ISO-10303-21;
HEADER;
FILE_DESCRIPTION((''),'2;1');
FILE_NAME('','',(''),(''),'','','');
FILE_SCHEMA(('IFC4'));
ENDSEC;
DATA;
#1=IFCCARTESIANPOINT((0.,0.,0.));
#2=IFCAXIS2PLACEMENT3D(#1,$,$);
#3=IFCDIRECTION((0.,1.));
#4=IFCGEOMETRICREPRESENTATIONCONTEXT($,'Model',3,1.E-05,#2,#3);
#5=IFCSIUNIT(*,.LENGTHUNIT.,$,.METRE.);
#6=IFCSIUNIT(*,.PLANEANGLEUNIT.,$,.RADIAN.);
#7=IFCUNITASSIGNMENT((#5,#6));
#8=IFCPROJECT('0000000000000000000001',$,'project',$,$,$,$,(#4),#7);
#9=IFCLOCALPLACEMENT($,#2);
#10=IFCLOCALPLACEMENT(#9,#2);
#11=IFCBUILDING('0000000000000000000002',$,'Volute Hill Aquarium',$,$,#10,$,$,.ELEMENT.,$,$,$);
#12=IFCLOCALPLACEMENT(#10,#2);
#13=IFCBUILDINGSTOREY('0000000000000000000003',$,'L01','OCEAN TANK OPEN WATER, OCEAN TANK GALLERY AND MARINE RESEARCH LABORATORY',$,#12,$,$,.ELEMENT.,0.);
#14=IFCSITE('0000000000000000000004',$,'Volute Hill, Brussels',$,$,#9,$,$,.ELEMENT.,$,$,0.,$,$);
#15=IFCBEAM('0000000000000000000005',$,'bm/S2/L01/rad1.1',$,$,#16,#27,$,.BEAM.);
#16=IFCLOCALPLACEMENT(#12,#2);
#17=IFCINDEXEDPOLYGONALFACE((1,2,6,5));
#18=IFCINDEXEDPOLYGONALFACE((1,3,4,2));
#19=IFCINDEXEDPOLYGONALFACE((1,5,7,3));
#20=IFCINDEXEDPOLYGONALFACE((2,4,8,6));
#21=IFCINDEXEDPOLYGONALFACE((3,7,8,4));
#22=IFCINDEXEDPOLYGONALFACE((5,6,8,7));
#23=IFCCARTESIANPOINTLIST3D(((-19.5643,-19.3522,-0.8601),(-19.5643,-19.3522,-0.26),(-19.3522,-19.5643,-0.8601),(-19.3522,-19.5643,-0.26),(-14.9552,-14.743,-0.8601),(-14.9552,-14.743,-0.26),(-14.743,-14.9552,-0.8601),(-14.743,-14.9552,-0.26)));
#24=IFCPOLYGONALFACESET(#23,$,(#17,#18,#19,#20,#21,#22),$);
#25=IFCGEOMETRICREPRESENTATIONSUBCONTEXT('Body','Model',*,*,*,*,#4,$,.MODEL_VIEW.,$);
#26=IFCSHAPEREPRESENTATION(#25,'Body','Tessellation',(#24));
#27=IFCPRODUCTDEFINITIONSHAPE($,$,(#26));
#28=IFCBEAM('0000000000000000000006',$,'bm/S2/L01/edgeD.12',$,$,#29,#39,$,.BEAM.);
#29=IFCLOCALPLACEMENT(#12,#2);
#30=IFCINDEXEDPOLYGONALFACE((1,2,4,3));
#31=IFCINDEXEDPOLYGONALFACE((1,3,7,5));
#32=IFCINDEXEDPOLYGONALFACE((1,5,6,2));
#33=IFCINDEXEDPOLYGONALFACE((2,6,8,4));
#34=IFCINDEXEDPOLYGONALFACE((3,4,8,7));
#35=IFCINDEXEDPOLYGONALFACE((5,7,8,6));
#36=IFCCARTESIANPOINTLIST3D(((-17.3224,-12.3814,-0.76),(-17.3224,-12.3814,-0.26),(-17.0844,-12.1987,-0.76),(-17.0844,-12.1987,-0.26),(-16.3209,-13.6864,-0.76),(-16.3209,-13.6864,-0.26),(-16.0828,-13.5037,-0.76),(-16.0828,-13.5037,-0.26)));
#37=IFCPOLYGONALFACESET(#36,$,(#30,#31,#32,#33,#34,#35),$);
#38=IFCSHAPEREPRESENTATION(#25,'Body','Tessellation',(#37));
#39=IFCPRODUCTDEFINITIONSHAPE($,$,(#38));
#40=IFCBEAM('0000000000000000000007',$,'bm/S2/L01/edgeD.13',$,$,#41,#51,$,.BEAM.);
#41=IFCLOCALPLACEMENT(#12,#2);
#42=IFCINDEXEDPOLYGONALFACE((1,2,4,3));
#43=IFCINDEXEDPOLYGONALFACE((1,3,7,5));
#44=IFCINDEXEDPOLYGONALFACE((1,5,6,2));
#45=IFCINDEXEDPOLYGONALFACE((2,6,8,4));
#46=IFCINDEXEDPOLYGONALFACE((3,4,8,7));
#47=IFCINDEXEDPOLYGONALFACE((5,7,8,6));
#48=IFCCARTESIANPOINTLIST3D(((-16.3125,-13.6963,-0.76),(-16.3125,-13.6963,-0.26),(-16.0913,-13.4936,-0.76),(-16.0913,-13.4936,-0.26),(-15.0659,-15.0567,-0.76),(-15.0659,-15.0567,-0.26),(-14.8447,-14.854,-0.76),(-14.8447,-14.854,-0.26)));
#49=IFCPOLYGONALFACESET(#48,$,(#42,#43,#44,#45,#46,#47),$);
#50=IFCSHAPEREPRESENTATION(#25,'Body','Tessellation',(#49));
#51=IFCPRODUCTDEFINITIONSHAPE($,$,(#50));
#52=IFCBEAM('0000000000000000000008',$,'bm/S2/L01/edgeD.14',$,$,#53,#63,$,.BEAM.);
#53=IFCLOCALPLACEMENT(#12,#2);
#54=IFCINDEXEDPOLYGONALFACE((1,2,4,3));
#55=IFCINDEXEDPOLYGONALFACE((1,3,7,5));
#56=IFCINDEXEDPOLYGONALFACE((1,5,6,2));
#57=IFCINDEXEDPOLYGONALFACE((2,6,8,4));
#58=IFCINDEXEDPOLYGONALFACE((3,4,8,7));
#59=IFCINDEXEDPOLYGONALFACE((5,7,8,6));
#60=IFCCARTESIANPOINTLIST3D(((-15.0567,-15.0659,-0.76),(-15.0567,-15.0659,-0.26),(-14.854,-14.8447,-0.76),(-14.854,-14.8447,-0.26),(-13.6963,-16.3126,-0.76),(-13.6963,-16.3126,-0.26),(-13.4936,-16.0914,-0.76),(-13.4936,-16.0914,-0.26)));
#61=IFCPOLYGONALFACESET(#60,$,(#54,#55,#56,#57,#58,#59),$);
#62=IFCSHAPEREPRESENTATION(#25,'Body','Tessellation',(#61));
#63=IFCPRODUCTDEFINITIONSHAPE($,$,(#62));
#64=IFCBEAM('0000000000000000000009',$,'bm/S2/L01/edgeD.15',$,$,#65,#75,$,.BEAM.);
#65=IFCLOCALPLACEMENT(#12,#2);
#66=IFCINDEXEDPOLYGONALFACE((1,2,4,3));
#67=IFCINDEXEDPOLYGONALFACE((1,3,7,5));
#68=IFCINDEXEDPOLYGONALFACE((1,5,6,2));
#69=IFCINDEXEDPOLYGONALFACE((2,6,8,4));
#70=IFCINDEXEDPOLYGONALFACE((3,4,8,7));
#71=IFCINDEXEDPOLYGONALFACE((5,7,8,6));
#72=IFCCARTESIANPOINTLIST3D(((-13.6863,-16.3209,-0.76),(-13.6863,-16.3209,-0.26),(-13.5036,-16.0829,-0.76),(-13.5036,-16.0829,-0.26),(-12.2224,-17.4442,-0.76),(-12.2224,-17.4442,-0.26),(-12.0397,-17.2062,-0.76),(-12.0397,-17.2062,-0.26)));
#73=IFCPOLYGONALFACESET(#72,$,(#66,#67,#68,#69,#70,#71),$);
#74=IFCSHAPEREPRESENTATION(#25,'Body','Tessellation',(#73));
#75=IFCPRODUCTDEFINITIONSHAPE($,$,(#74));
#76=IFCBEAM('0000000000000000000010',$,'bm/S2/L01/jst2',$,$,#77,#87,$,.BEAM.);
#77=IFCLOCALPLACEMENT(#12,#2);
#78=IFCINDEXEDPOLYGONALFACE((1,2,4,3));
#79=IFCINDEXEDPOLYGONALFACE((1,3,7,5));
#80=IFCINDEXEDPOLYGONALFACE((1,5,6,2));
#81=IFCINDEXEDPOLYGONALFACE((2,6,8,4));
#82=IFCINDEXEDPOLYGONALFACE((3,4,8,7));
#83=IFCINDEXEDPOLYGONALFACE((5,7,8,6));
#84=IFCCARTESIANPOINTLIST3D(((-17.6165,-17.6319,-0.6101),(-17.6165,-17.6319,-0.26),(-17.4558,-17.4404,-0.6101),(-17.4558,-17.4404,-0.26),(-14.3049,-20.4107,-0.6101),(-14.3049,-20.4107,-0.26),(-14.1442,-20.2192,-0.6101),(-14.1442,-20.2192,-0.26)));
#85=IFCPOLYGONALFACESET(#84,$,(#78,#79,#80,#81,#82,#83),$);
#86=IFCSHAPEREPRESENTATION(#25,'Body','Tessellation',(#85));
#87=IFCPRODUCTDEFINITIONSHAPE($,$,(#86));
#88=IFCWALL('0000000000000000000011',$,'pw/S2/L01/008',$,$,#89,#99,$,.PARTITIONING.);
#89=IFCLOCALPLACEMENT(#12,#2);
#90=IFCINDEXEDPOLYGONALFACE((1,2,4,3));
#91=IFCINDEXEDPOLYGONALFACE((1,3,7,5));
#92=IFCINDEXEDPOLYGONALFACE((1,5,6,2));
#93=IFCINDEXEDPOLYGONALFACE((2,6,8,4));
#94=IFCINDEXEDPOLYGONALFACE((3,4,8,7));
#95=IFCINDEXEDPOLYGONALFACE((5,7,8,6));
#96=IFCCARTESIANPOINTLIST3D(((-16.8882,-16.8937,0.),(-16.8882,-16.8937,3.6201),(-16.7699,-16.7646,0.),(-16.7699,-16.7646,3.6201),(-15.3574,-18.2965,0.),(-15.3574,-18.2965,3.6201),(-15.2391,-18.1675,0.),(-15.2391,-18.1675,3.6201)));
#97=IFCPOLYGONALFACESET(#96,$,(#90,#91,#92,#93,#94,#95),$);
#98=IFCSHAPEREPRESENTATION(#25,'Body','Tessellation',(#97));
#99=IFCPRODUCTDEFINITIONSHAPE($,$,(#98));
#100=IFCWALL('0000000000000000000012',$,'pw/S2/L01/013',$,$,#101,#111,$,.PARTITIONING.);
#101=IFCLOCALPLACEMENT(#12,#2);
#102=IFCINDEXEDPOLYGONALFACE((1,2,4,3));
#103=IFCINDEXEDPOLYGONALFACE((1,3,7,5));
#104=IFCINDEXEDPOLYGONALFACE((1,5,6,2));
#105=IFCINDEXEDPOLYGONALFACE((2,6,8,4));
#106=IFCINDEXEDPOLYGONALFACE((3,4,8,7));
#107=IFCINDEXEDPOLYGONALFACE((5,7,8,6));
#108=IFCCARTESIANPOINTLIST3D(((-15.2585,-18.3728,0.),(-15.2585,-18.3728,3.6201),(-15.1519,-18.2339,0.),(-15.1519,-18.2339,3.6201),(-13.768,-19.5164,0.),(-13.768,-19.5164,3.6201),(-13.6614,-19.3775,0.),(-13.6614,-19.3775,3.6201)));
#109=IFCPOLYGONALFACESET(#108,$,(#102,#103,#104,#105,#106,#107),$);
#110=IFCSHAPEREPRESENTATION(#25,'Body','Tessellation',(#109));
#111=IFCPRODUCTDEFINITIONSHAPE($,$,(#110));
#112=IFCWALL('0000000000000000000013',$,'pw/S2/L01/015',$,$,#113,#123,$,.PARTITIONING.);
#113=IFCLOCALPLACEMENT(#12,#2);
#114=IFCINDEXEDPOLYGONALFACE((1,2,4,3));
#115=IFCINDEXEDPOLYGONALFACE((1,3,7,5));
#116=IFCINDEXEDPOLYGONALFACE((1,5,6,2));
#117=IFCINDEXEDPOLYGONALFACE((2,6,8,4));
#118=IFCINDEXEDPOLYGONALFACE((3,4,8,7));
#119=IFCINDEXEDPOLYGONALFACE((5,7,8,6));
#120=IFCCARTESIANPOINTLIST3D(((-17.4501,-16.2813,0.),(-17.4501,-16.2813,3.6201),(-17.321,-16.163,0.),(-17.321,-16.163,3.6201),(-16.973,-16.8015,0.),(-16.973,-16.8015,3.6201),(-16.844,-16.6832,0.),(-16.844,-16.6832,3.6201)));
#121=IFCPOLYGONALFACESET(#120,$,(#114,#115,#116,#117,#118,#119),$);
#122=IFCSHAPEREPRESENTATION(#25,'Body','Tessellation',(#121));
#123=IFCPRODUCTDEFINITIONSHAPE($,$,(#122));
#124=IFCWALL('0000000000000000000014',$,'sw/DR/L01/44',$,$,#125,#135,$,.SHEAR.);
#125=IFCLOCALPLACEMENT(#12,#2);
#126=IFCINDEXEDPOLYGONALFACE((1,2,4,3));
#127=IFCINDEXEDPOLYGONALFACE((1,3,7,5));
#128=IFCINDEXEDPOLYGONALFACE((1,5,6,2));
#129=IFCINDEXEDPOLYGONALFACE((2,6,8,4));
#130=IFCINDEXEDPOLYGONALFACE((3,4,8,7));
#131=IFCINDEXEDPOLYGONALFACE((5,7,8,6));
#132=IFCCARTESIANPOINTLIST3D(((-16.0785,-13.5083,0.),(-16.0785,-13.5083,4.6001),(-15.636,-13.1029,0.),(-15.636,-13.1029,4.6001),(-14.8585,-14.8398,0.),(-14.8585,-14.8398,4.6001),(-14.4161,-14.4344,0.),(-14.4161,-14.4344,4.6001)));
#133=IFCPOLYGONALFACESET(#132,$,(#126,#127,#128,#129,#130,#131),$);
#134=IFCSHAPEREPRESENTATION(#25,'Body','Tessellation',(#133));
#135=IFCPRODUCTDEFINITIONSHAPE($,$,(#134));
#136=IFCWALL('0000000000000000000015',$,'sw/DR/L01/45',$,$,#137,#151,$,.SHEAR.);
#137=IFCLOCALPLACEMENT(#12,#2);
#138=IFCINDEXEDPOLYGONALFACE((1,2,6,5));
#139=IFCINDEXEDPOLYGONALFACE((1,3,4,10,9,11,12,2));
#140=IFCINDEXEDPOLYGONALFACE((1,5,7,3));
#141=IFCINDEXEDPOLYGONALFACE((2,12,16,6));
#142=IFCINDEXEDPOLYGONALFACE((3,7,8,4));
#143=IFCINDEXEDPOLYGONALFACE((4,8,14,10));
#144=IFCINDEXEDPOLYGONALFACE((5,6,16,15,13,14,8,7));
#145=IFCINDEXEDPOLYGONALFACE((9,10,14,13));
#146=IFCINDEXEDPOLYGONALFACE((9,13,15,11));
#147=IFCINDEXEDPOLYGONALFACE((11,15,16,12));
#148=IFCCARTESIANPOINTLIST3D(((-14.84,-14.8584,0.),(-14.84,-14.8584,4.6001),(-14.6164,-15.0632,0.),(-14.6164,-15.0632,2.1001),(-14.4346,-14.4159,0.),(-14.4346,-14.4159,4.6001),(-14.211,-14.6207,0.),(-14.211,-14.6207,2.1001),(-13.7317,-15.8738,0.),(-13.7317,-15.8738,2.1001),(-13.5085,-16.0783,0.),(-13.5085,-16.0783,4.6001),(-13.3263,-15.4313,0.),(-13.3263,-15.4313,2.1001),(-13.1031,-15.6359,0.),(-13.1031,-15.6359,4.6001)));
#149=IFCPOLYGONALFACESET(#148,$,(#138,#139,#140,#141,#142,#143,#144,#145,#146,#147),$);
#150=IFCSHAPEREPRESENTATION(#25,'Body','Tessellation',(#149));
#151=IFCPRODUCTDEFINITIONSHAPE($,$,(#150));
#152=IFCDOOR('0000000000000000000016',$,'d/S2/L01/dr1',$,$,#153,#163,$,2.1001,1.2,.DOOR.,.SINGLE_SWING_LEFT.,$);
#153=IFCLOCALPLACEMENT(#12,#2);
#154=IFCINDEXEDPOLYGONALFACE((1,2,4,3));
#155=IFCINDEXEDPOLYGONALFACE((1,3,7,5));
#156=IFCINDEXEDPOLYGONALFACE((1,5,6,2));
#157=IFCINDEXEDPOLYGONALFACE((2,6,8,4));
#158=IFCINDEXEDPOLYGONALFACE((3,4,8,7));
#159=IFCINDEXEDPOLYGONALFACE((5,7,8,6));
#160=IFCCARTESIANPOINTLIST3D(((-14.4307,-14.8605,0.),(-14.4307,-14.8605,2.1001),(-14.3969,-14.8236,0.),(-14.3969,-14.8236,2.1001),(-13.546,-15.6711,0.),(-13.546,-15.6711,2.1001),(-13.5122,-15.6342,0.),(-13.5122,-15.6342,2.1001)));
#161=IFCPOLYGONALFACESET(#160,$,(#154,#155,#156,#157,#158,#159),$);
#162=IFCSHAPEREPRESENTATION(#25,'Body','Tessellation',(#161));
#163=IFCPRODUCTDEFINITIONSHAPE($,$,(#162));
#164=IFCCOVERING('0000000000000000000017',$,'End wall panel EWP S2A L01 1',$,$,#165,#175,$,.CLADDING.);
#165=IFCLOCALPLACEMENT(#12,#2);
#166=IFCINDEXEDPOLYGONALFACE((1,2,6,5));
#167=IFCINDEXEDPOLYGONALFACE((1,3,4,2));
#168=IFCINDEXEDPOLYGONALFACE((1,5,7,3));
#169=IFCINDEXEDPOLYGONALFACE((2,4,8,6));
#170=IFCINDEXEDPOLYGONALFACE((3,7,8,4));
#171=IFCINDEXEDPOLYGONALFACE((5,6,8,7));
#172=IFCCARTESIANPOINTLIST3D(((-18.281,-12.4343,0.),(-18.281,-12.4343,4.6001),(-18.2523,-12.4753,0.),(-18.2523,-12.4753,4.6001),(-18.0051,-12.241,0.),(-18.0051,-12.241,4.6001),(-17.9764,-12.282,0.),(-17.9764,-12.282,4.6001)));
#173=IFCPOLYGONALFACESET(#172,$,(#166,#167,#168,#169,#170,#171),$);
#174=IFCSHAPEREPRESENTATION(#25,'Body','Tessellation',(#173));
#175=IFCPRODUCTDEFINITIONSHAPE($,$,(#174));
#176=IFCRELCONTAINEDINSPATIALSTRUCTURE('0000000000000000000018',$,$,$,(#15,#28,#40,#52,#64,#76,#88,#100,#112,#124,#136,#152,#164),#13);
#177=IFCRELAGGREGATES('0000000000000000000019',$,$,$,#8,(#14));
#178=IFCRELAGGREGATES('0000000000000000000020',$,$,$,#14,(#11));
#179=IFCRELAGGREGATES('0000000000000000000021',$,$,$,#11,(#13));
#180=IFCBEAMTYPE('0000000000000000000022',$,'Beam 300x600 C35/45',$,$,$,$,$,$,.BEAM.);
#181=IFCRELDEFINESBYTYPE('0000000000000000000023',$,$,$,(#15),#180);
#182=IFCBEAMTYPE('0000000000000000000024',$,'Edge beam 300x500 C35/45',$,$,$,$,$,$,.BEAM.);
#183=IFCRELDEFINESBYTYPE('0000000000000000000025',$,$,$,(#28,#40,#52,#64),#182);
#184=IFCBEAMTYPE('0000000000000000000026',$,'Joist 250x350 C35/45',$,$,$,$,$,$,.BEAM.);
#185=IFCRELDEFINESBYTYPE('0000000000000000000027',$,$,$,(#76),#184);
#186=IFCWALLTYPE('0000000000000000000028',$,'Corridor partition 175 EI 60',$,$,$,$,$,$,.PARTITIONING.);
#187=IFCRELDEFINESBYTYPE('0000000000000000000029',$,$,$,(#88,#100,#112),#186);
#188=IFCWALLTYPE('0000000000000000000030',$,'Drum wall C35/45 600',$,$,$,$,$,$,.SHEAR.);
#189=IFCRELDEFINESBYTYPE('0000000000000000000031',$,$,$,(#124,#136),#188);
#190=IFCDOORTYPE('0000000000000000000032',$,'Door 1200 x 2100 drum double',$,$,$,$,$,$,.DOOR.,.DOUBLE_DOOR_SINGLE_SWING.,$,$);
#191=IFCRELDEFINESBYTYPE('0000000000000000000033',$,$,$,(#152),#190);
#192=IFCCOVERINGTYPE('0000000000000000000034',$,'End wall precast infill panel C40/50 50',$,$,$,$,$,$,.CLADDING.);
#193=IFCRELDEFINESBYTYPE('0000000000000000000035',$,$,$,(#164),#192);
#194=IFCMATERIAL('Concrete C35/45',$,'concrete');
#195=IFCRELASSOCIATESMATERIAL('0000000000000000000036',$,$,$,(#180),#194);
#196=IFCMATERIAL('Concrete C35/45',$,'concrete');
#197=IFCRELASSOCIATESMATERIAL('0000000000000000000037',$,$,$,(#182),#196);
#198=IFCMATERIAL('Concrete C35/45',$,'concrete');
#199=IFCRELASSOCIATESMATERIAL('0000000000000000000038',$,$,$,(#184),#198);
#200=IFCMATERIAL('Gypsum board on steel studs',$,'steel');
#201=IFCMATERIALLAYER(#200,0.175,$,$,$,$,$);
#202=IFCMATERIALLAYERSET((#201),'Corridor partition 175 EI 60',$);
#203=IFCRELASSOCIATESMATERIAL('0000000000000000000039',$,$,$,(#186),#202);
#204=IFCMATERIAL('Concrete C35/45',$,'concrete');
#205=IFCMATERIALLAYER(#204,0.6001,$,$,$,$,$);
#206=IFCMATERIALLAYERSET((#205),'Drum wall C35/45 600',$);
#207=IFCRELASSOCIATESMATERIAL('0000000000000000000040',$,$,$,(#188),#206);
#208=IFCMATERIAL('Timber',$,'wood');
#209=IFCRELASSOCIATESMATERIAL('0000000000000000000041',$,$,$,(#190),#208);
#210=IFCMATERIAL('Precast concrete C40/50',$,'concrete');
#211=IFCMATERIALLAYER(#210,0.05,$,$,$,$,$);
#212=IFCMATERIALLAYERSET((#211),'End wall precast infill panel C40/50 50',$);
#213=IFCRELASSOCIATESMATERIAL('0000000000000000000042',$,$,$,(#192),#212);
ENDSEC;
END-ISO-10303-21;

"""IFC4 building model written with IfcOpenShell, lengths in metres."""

from ifc_helpers import new_model, si_unit, direction, frame, frame_2d, origin, origin_2d, place, context, subcontext, project, spatial, polyline, rectangle, outline, extrude, material, layer, layer_set, material_profile, profile_set, type_object, element, fill, save


model = new_model("IFC4")

# Units and contexts
model_context = context("Model", 3, precision=1e-05, world=origin(), true_north=direction((0.0, 1.0)))
body_context = subcontext(model_context, "Body", "Model", "MODEL_VIEW")
ifc_project = project(units=[si_unit("LENGTHUNIT", "METRE"), si_unit("PLANEANGLEUNIT", "RADIAN")], contexts=[model_context])

# Site, building, storey
site_placement = place(None, origin())
site = spatial("IfcSite", under=ifc_project, at=site_placement, Name="Volute Hill, Brussels", CompositionType="ELEMENT", RefElevation=0.0)
building_placement = place(site_placement, origin())
building = spatial("IfcBuilding", under=site, at=building_placement, Name="Volute Hill Aquarium", CompositionType="ELEMENT")
storey_placement = place(building_placement, origin())
storey = spatial("IfcBuildingStorey", under=building, at=storey_placement, Name="L01", Description="OCEAN TANK OPEN WATER, OCEAN TANK GALLERY AND MARINE RESEARCH LABORATORY", CompositionType="ELEMENT", Elevation=0.0)

# Beams
ifc_material_1 = material(Name="Concrete C35/45", Category="concrete")
ifc_material_profile_1 = material_profile(ifc_material_1, rectangle(XDim=0.3, YDim=0.6001, at=origin_2d()), Name="RC beam 300x600")
ifc_profile_set_1 = profile_set([ifc_material_profile_1], Name="Concrete C35/45")
beam_type_1 = type_object("IfcBeamType", Name="Beam 300x600 C35/45", PredefinedType="BEAM", material=ifc_profile_set_1)
beam_1_placement = place(storey_placement, frame((-14.8491, -14.8491, -0.5601), z_axis=(-0.707107, -0.707107, 0.0), x_axis=(0.707107, -0.707107, 0.0)))
element("IfcBeam", 1, at=beam_1_placement, inside=storey, type_object=beam_type_1, Name="bm/S2/L01/rad1.1", PredefinedType="BEAM", context=body_context, shape_type="SweptSolid", body=[
    extrude(rectangle(XDim=0.3, YDim=0.6001, at=origin_2d()), origin(), (0.0, 0.0, 1.0), 6.5183),
])
ifc_material_2 = material(Name="Concrete C35/45", Category="concrete")
ifc_material_profile_2 = material_profile(ifc_material_2, rectangle(XDim=0.3, YDim=0.5, at=origin_2d()), Name="RC edge beam 300x500")
ifc_profile_set_2 = profile_set([ifc_material_profile_2], Name="Concrete C35/45")
beam_type_2 = type_object("IfcBeamType", Name="Edge beam 300x500 C35/45", PredefinedType="BEAM", material=ifc_profile_set_2)
beam_2_placement = place(storey_placement, frame((-17.2034, -12.29, -0.51), z_axis=(0.608821, -0.793308, 0.0), x_axis=(0.793308, 0.608821, 0.0)))
element("IfcBeam", 2, at=beam_2_placement, inside=storey, type_object=beam_type_2, Name="bm/S2/L01/edgeD.12", PredefinedType="BEAM", context=body_context, shape_type="SweptSolid", body=[
    extrude(rectangle(XDim=0.3, YDim=0.5, at=origin_2d()), origin(), (0.0, 0.0, 1.0), 1.645),
])
for number, where, z_axis, x_axis, name in (
    (3, (-16.2019, -13.595, -0.51), (0.675605, -0.737264, 0.0), (0.737264, 0.675605, 0.0), "bm/S2/L01/edgeD.13"),
    (4, (-14.9553, -14.9553, -0.51), (0.737264, -0.675605, 0.0), (0.675605, 0.737264, 0.0), "bm/S2/L01/edgeD.14"),
    (5, (-13.595, -16.2019, -0.51), (0.793346, -0.60877, 0.0), (0.60877, 0.793346, 0.0), "bm/S2/L01/edgeD.15"),
):
    element("IfcBeam", number, at=place(storey_placement, frame(where, z_axis=z_axis, x_axis=x_axis)), inside=storey, type_object=beam_type_2, Name=name, PredefinedType="BEAM", context=body_context, shape_type="SweptSolid", body=[
        extrude(rectangle(XDim=0.3, YDim=0.5, at=origin_2d()), origin(), (0.0, 0.0, 1.0), 1.8452),
    ])
ifc_material_3 = material(Name="Concrete C35/45", Category="concrete")
ifc_material_profile_3 = material_profile(ifc_material_3, rectangle(XDim=0.25, YDim=0.3501, at=origin_2d()), Name="RC joist 250x350")
ifc_profile_set_3 = profile_set([ifc_material_profile_3], Name="Concrete C35/45")
beam_type_3 = type_object("IfcBeamType", Name="Joist 250x350 C35/45", PredefinedType="BEAM", material=ifc_profile_set_3)
beam_3_placement = place(storey_placement, frame((-17.5361, -17.5361, -0.4351), z_axis=(0.766032, -0.642803, 0.0), x_axis=(0.642803, 0.766032, 0.0)))
element("IfcBeam", 6, at=beam_3_placement, inside=storey, type_object=beam_type_3, Name="bm/S2/L01/jst2", PredefinedType="BEAM", context=body_context, shape_type="SweptSolid", body=[
    extrude(rectangle(XDim=0.25, YDim=0.3501, at=origin_2d()), origin(), (0.0, 0.0, 1.0), 4.323),
])

# Shared definitions
ifc_material_4 = material(Name="Gypsum board on steel studs", Category="steel")
ifc_layer_1 = layer(ifc_material_4, 0.175)
ifc_layer_set_1 = layer_set([ifc_layer_1], Name="Corridor partition 175 EI 60")
wall_type_1 = type_object("IfcWallType", Name="Corridor partition 175 EI 60", PredefinedType="PARTITIONING", material=ifc_layer_set_1)

# Walls
wall_1_placement = place(storey_placement, frame((-15.2983, -18.2319, 0.0), z_axis=(0.0, 0.0, 1.0), x_axis=(-0.737242, 0.675629, 0.0)))
element("IfcWall", 7, at=wall_1_placement, inside=storey, type_object=wall_type_1, Name="pw/S2/L01/008", PredefinedType="PARTITIONING", context=body_context, shape_type="SweptSolid", body=[
    extrude(rectangle(XDim=2.0764, YDim=0.175, at=frame_2d((1.0381, 0.0))), origin(), (0.0, 0.0, 1.0), 3.6201),
])
wall_2_placement = place(storey_placement, frame((-13.7146, -19.447, 0.0), z_axis=(0.0, 0.0, 1.0), x_axis=(-0.793387, 0.608718, 0.0)))
element("IfcWall", 8, at=wall_2_placement, inside=storey, type_object=wall_type_1, Name="pw/S2/L01/013", PredefinedType="PARTITIONING", context=body_context, shape_type="SweptSolid", body=[
    extrude(rectangle(XDim=1.8787, YDim=0.175, at=frame_2d((0.9395, 0.0))), origin(), (0.0, 0.0, 1.0), 3.6201),
])
wall_3_placement = place(storey_placement, frame((-16.9084, -16.7424, 0.0), z_axis=(0.0, 0.0, 1.0), x_axis=(-0.675834, 0.737054, 0.0)))
element("IfcWall", 9, at=wall_3_placement, inside=storey, type_object=wall_type_1, Name="pw/S2/L01/015", PredefinedType="PARTITIONING", context=body_context, shape_type="SweptSolid", body=[
    extrude(rectangle(XDim=0.7058, YDim=0.175, at=frame_2d((0.353, 0.0))), origin(), (0.0, 0.0, 1.0), 3.6201),
])
ifc_material_5 = material(Name="Concrete C35/45", Category="concrete")
ifc_layer_2 = layer(ifc_material_5, 0.6001)
ifc_layer_set_2 = layer_set([ifc_layer_2], Name="Drum wall C35/45 600")
wall_type_2 = type_object("IfcWallType", Name="Drum wall C35/45 600", PredefinedType="SHEAR", material=ifc_layer_set_2)
wall_4_placement = place(storey_placement, frame((-15.8572, -13.3057, 0.0), z_axis=(0.0, 0.0, 1.0), x_axis=(0.675541, -0.737322, 0.0)))
element("IfcWall", 10, at=wall_4_placement, inside=storey, type_object=wall_type_2, Name="sw/DR/L01/44", PredefinedType="SHEAR", context=body_context, shape_type="SweptSolid", body=[
    extrude(rectangle(XDim=1.8059, YDim=0.6001, at=frame_2d((0.9028, 0.0))), origin(), (0.0, 0.0, 1.0), 4.6001),
])

# Wall, opening, door
wall_5_placement = place(storey_placement, frame((-14.6372, -14.6372, 0.0), z_axis=(0.0, 0.0, 1.0), x_axis=(0.737322, -0.675541, 0.0)))
wall_5 = element("IfcWall", 11, at=wall_5_placement, inside=storey, type_object=wall_type_2, Name="sw/DR/L01/45", PredefinedType="SHEAR", context=body_context, shape_type="SweptSolid", body=[
    extrude(rectangle(XDim=1.8059, YDim=0.6001, at=frame_2d((0.9028, 0.0))), origin(), (0.0, 0.0, 1.0), 4.6001),
])
opening_1_placement = place(wall_5_placement, frame((0.303, 0.0, 0.0)))
opening_1 = element("IfcOpeningElement", 12, at=opening_1_placement, cuts=wall_5, PredefinedType="OPENING", context=body_context, shape_type="SweptSolid", body=[
    extrude(rectangle(XDim=1.2, YDim=2.1001, at=frame_2d((0.6001, 1.05))), frame((0.0, 0.3101, 0.0), z_axis=(0.0, -1.0, 0.0), x_axis=(1.0, 0.0, 0.0)), (0.0, 0.0, 1.0), 0.6201),
])
ifc_material_6 = material(Name="Timber", Category="wood")
door_type_1 = type_object("IfcDoorType", Name="Door 1200 x 2100 drum double", OperationType="DOUBLE_DOOR_SINGLE_SWING", PredefinedType="DOOR", material=ifc_material_6)
door_1_placement = place(opening_1_placement, origin())
door_1 = element("IfcDoor", 13, at=door_1_placement, inside=storey, type_object=door_type_1, Name="d/S2/L01/dr1", OperationType="SINGLE_SWING_LEFT", OverallHeight=2.1001, OverallWidth=1.2, PredefinedType="DOOR", context=body_context, shape_type="SweptSolid", body=[
    extrude(rectangle(XDim=1.2, YDim=2.1001, at=frame_2d((0.6001, 1.05))), frame((0.0, 0.0249, 0.0), z_axis=(0.0, -1.0, 0.0), x_axis=(1.0, 0.0, 0.0)), (0.0, 0.0, 1.0), 0.05),
])
fill(opening_1, door_1)

# Covering
ifc_material_7 = material(Name="Precast concrete C40/50", Category="concrete")
ifc_layer_3 = layer(ifc_material_7, 0.05)
ifc_layer_set_3 = layer_set([ifc_layer_3], Name="End wall precast infill panel C40/50 50")
covering_type = type_object("IfcCoveringType", Name="End wall precast infill panel C40/50 50", PredefinedType="CLADDING", material=ifc_layer_set_3)
covering_1_placement = place(storey_placement, frame((-18.0051, -12.241, 0.0), z_axis=(-0.573949, 0.818891, 0.0), x_axis=(-0.818891, -0.573949, 0.0)))
element("IfcCovering", 14, at=covering_1_placement, inside=storey, type_object=covering_type, Name="End wall panel EWP S2A L01 1", PredefinedType="CLADDING", context=body_context, shape_type="SweptSolid", body=[
    extrude(outline(polyline([(0.0, 0.0), (0.3369, 0.0), (0.3369, 4.6001), (0.0, 4.6001), (0.0, 0.0)])), origin(), (0.0, 0.0, -1.0), 0.05),
])

save(model, "model.ifc")
